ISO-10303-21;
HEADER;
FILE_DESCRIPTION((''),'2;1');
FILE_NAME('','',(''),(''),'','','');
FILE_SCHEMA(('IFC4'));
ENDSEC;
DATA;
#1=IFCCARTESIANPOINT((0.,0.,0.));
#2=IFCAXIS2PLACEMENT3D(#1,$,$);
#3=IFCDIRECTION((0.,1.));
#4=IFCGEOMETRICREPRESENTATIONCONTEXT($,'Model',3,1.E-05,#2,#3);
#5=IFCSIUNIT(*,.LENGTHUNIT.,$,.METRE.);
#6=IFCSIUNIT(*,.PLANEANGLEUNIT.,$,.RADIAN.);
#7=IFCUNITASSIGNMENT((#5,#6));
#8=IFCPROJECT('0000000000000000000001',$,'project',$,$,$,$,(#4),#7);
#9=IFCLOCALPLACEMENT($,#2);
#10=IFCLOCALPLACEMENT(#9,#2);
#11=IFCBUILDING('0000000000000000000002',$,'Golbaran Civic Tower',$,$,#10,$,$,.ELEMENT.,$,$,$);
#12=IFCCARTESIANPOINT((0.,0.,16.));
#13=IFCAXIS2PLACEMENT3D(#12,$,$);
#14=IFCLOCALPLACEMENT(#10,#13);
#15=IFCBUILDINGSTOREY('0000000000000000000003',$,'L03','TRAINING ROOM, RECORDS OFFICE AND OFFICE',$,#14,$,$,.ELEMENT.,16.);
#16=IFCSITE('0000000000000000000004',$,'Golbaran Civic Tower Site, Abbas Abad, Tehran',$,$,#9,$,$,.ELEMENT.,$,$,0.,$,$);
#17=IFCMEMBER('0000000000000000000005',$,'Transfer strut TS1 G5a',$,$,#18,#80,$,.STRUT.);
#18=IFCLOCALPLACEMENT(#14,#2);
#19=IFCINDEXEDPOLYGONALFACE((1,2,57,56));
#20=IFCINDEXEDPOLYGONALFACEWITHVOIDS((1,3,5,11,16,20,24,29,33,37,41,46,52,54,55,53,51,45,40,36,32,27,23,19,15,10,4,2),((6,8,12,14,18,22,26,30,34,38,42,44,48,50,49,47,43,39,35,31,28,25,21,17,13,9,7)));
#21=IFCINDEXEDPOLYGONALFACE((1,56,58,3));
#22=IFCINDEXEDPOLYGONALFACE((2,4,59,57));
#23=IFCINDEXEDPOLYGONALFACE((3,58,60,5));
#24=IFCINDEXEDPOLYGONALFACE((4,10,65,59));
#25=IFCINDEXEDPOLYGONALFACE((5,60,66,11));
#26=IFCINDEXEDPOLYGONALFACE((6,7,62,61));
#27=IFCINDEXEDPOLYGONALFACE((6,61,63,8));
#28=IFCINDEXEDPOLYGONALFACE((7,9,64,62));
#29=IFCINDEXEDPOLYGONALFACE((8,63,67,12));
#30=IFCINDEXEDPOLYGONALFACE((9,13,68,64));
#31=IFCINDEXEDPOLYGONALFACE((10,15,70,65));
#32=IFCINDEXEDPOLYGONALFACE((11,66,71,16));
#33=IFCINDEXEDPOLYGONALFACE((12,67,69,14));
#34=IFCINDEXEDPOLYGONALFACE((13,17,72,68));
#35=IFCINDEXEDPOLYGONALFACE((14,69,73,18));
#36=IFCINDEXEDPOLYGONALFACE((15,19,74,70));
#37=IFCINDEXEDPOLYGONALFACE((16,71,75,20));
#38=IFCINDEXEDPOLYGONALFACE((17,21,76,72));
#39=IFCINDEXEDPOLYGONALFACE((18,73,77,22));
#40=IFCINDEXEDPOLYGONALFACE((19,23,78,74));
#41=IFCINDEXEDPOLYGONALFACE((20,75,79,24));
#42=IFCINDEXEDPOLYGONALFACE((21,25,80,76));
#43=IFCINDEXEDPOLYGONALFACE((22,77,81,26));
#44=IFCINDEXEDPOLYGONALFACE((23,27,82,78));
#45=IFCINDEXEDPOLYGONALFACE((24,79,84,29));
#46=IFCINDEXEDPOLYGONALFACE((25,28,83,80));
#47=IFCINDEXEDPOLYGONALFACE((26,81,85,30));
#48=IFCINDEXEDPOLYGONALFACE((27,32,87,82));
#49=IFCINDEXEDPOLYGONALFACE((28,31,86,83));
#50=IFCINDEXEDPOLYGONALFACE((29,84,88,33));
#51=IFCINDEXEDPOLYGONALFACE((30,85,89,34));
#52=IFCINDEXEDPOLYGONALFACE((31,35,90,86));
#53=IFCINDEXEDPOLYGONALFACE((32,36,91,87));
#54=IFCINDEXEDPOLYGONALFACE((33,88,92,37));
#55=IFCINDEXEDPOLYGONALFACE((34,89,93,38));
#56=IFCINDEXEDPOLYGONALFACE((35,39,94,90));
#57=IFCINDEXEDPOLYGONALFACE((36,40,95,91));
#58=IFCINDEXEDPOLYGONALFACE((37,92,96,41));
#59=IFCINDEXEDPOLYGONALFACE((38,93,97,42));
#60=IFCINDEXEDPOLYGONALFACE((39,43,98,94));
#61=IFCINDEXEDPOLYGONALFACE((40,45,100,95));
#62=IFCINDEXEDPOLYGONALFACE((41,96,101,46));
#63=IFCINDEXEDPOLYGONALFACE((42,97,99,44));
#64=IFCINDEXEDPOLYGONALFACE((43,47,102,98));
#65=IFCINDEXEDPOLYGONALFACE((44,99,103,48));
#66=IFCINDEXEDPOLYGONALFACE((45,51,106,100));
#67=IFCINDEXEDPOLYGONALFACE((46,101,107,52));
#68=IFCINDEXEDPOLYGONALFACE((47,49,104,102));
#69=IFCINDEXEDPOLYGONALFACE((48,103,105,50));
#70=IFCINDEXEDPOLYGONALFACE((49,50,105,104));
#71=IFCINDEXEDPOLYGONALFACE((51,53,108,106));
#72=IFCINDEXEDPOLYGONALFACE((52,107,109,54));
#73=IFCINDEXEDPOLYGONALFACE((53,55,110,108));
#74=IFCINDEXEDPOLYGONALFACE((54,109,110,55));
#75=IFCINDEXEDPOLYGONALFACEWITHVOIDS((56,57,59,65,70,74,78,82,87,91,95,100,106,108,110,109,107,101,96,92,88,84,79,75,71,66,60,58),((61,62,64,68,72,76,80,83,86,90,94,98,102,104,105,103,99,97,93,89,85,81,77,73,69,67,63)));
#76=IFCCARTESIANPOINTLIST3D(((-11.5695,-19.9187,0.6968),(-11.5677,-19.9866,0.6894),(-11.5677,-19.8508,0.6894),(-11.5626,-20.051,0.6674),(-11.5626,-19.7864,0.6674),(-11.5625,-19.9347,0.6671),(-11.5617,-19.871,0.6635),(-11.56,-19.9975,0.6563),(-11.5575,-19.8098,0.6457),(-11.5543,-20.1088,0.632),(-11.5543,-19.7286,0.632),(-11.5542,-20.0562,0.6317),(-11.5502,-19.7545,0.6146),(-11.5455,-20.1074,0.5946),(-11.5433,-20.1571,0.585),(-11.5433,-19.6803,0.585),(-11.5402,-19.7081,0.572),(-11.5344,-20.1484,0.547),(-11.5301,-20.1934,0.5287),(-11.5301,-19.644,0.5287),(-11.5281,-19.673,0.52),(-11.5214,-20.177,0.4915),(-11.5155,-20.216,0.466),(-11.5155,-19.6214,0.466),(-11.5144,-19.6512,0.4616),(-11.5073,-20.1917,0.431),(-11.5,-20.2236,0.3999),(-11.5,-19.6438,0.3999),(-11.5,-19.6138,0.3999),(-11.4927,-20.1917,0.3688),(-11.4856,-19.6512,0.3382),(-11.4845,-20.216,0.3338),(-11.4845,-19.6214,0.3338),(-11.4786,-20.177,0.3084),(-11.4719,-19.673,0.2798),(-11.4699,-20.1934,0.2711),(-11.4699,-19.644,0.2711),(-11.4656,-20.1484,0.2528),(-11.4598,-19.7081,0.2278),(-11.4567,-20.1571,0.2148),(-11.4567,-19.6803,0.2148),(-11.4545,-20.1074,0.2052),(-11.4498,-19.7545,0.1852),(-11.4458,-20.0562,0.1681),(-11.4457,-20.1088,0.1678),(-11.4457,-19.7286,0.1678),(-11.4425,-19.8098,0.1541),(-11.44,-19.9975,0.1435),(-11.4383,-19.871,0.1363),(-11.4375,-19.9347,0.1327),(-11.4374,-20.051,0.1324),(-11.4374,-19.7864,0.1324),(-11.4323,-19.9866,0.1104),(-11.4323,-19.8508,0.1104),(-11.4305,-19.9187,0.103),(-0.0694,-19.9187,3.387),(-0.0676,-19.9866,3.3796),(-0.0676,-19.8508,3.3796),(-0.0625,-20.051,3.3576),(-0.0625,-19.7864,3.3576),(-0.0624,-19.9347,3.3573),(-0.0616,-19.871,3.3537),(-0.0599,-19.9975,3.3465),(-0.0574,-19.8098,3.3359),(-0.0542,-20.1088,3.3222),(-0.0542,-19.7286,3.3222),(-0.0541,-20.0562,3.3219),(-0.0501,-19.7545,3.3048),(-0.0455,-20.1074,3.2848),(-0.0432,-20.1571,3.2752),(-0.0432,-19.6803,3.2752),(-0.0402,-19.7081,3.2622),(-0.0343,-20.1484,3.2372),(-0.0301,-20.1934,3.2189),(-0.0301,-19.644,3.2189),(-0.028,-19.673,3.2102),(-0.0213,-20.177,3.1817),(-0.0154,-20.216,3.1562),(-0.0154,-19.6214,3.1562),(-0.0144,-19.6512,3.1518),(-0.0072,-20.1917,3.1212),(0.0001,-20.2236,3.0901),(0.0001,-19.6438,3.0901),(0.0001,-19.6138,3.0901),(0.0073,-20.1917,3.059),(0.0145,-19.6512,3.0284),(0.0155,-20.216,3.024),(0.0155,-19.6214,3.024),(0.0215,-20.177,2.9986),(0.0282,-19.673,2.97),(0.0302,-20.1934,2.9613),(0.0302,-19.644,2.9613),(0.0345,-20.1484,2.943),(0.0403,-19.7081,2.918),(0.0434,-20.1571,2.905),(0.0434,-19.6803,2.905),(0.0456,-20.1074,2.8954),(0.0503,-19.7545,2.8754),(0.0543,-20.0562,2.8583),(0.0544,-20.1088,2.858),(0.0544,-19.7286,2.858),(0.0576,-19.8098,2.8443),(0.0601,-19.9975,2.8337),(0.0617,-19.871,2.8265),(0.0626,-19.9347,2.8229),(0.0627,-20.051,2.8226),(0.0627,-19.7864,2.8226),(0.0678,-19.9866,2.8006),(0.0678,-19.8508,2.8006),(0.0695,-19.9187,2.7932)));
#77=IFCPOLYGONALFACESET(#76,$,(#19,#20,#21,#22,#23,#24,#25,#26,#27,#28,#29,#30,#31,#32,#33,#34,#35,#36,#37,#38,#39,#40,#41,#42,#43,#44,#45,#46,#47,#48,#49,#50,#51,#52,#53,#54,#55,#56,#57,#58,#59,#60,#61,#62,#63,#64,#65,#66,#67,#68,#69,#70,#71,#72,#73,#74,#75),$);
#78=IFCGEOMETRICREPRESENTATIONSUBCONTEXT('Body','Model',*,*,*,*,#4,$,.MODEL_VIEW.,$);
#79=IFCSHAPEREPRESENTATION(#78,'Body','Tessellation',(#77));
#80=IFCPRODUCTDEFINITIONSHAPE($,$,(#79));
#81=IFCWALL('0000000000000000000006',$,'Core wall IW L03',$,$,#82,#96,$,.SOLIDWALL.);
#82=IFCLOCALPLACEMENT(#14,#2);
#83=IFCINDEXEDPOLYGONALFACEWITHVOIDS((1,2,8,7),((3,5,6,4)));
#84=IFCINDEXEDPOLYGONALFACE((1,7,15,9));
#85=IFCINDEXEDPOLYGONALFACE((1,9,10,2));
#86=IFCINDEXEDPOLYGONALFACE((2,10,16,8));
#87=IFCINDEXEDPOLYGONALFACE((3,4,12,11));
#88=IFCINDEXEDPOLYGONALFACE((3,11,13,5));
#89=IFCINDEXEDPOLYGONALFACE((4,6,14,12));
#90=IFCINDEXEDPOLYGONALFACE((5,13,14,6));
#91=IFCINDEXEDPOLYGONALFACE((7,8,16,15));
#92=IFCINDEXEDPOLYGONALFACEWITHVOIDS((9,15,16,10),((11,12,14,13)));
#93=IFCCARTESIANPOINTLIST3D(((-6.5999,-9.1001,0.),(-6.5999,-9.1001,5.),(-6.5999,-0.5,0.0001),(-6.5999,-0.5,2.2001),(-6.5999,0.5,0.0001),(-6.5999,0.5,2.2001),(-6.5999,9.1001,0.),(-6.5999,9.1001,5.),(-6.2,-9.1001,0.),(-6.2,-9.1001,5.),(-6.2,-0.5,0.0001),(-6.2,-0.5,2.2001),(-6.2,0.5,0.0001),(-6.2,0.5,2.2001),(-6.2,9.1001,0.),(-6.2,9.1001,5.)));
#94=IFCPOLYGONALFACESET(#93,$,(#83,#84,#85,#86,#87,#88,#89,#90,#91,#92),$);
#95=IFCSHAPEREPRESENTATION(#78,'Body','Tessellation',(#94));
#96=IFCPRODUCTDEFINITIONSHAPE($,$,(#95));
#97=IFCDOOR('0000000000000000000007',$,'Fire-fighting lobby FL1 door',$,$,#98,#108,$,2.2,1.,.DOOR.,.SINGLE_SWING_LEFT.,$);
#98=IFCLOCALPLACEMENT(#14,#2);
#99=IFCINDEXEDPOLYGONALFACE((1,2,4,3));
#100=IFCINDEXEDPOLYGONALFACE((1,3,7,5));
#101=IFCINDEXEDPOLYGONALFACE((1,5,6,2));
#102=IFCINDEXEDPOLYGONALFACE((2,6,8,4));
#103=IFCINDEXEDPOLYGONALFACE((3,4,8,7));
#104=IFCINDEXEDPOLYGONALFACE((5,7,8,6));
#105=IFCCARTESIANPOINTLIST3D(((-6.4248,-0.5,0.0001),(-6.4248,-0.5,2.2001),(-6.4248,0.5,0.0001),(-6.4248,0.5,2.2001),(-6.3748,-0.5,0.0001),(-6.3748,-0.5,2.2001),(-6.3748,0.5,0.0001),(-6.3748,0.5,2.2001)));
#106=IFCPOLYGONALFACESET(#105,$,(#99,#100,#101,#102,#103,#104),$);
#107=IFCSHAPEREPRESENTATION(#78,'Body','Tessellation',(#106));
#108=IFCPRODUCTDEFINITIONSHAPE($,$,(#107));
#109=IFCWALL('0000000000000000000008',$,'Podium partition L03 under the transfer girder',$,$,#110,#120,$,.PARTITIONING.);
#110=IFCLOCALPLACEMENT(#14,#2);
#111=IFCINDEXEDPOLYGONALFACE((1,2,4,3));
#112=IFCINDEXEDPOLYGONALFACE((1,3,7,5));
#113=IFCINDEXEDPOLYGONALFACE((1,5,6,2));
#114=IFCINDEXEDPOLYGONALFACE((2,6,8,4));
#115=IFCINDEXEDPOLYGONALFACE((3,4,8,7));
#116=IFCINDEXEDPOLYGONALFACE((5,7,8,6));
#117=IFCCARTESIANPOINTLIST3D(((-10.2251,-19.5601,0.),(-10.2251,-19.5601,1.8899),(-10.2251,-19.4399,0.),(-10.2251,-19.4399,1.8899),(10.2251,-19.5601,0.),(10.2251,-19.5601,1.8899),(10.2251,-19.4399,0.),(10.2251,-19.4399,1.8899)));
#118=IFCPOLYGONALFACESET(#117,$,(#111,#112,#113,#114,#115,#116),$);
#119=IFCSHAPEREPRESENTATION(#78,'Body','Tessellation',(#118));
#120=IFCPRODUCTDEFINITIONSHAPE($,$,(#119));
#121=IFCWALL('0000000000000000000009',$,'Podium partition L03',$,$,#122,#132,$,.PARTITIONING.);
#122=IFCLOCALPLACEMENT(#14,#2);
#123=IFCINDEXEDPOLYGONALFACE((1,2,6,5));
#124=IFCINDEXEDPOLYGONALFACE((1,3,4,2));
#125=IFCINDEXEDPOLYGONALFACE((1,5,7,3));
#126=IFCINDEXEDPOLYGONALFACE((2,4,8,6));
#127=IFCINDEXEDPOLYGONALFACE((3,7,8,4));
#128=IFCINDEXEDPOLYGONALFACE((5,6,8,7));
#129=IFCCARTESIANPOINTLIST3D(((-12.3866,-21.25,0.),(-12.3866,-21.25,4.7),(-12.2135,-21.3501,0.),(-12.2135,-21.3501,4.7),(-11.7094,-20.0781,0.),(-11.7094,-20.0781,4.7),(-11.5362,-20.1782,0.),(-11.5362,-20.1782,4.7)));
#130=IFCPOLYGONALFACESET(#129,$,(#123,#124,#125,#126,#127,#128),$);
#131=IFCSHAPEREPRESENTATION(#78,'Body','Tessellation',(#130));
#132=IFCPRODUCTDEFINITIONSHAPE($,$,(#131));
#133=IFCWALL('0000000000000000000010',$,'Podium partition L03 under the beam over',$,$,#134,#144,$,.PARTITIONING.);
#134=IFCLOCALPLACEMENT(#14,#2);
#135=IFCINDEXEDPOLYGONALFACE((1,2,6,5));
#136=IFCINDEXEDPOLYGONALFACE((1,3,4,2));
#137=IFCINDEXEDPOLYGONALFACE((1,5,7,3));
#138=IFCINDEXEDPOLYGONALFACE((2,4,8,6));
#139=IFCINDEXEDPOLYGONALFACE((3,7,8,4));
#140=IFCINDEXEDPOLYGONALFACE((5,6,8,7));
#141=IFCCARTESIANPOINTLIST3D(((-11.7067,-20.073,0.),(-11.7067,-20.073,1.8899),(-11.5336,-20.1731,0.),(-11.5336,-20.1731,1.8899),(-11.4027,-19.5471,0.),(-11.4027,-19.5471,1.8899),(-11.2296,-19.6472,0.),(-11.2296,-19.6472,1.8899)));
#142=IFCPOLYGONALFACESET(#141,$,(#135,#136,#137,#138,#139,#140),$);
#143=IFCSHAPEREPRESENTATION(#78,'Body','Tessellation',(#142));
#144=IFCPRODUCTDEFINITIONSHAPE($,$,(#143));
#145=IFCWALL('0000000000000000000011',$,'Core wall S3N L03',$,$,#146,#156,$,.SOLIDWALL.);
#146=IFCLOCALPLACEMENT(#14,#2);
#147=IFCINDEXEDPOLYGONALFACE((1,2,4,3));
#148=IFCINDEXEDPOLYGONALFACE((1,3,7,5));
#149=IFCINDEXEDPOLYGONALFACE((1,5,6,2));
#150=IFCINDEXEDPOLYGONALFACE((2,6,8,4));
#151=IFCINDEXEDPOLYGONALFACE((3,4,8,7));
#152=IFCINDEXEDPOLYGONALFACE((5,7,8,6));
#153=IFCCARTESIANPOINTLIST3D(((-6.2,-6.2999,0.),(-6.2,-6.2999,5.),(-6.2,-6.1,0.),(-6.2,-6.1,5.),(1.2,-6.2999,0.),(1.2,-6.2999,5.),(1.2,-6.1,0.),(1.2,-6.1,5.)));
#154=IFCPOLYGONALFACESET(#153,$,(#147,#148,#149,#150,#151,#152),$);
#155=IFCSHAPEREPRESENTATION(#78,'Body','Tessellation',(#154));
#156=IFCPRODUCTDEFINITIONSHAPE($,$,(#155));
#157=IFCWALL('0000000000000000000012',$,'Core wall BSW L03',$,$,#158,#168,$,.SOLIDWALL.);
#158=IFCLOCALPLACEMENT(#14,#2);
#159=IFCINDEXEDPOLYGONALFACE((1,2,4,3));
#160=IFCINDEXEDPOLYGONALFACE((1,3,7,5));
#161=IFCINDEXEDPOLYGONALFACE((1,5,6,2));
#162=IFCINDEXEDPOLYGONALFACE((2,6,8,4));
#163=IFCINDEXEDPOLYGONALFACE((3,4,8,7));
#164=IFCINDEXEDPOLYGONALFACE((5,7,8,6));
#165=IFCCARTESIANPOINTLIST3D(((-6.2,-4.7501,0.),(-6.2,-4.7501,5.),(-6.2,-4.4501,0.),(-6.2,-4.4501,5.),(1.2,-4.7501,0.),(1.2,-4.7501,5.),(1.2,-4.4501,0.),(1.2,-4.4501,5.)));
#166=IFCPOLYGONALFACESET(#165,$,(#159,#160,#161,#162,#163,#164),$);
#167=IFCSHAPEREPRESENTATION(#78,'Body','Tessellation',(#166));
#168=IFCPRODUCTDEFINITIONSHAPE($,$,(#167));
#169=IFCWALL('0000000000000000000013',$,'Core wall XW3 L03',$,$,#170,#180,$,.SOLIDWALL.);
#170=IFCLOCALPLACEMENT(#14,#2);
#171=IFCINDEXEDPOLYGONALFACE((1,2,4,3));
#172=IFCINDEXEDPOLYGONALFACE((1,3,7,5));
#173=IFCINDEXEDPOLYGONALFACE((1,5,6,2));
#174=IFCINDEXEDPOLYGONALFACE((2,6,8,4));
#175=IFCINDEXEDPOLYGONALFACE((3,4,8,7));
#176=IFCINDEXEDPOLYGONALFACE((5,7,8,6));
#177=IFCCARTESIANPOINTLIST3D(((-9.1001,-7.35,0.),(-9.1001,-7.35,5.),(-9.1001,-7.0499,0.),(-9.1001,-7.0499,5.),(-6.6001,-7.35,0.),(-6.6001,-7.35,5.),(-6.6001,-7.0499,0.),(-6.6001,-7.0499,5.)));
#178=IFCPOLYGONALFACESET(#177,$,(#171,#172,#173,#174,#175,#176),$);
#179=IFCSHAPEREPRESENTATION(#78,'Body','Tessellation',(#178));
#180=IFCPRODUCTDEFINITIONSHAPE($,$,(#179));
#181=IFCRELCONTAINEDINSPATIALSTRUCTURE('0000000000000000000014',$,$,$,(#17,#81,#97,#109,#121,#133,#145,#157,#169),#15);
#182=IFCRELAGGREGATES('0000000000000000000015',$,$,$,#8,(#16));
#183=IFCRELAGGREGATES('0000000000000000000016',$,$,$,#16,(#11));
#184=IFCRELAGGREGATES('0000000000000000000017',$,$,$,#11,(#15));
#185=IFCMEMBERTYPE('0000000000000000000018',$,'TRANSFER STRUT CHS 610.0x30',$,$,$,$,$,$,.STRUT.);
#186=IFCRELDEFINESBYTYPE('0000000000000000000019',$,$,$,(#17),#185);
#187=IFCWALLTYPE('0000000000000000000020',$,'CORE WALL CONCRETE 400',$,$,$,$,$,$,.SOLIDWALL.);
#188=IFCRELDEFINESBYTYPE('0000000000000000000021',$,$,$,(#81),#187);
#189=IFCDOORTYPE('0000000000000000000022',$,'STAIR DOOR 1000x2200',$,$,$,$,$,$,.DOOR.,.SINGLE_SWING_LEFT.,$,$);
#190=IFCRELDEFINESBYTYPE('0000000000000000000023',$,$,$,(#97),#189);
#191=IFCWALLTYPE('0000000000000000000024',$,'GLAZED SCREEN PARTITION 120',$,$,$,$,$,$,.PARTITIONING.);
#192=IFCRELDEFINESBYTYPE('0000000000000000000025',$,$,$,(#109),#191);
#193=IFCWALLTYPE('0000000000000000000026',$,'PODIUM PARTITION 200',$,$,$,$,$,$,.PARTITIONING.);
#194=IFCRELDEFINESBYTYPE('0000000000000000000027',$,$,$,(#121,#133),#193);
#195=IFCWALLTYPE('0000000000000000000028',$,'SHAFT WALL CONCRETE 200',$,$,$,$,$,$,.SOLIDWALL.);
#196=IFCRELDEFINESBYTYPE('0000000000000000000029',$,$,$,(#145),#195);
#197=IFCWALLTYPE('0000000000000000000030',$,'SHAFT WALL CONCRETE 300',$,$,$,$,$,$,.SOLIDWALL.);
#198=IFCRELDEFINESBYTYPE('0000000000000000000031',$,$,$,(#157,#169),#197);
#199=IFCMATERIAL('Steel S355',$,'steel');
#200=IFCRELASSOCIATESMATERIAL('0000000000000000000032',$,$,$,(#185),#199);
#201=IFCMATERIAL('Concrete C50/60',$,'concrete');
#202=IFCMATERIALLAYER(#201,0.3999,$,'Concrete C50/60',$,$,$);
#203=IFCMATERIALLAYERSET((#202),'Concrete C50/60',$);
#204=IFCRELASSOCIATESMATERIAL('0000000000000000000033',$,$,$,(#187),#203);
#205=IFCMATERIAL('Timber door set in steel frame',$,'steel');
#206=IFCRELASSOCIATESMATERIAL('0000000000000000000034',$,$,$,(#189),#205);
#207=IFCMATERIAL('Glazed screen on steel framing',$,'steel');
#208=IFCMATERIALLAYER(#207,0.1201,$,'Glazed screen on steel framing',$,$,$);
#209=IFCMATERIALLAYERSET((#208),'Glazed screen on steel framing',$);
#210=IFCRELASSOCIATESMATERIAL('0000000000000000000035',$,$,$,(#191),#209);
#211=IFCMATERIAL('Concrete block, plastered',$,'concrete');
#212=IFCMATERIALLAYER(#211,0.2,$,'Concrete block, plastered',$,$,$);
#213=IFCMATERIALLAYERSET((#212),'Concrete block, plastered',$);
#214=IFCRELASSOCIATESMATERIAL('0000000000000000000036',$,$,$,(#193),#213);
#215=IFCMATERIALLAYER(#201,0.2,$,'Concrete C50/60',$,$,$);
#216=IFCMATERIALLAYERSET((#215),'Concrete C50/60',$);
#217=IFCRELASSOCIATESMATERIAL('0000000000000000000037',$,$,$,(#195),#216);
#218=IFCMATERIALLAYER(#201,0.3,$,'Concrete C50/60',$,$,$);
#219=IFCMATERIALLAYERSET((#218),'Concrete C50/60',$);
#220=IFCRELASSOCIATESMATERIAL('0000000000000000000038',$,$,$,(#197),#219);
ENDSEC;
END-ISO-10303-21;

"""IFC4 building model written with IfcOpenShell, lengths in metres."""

from ifc_helpers import new_model, si_unit, direction, frame, frame_2d, origin, origin_2d, place, context, subcontext, project, spatial, rectangle, hollow_circle, extrude, material, layer, layer_set, material_profile, profile_set, type_object, element, fill, save


model = new_model("IFC4")

# Units and contexts
model_context = context("Model", 3, precision=1e-05, world=origin(), true_north=direction((0.0, 1.0)))
body_context = subcontext(model_context, "Body", "Model", "MODEL_VIEW")
ifc_project = project(units=[si_unit("LENGTHUNIT", "METRE"), si_unit("PLANEANGLEUNIT", "RADIAN")], contexts=[model_context])

# Site, building, storey
site_placement = place(None, origin())
site = spatial("IfcSite", under=ifc_project, at=site_placement, Name="Golbaran Civic Tower Site, Abbas Abad, Tehran", CompositionType="ELEMENT", RefElevation=0.0)
building_placement = place(site_placement, origin())
building = spatial("IfcBuilding", under=site, at=building_placement, Name="Golbaran Civic Tower", CompositionType="ELEMENT")
storey_placement = place(building_placement, frame((0.0, 0.0, 16.0)))
storey = spatial("IfcBuildingStorey", under=building, at=storey_placement, Name="L03", Description="TRAINING ROOM, RECORDS OFFICE AND OFFICE", CompositionType="ELEMENT", Elevation=16.0)

# Shared definitions
ifc_material_1 = material(Name="Steel S355", Category="steel")
ifc_material_2 = material(Name="Concrete C50/60", Category="concrete")

# Member
ifc_material_profile_1 = material_profile(ifc_material_1, hollow_circle(Radius=0.3049, WallThickness=0.03, at=origin_2d()), Name="CHS 610.0x30")
ifc_profile_set_1 = profile_set([ifc_material_profile_1], Name="Steel S355")
member_type = type_object("IfcMemberType", Name="TRANSFER STRUT CHS 610.0x30", PredefinedType="STRUT", material=ifc_profile_set_1)
for number, where, z_axis, x_axis, name in (
    (1, (-11.5, -19.9187, 0.3999), (0.973713, 0.0, 0.22778), (0.0, 1.0, 0.0), "Transfer strut TS1 G5a"),
):
    element("IfcMember", number, at=place(storey_placement, frame(where, z_axis=z_axis, x_axis=x_axis)), inside=storey, type_object=member_type, Name=name, PredefinedType="STRUT", context=body_context, shape_type="SweptSolid", body=[
        extrude(hollow_circle(Radius=0.3049, WallThickness=0.03, at=origin_2d()), origin(), (0.0, 0.0, 1.0), 11.8105),
    ])

# Wall, opening, door
ifc_layer_1 = layer(ifc_material_2, 0.3999, Name="Concrete C50/60")
ifc_layer_set_1 = layer_set([ifc_layer_1], Name="Concrete C50/60")
wall_type_1 = type_object("IfcWallType", Name="CORE WALL CONCRETE 400", PredefinedType="SOLIDWALL", material=ifc_layer_set_1)
wall_1_placement = place(storey_placement, frame((-6.3999, -9.1001, 0.0), z_axis=(0.0, 0.0, 1.0), x_axis=(0.0, 1.0, 0.0)))
wall_1 = element("IfcWall", 2, at=wall_1_placement, inside=storey, type_object=wall_type_1, Name="Core wall IW L03", PredefinedType="SOLIDWALL", context=body_context, shape_type="SweptSolid", body=[
    extrude(rectangle(XDim=18.2002, YDim=0.3999, at=frame_2d((9.1001, 0.0))), origin(), (0.0, 0.0, 1.0), 5.0),
])
opening_1_placement = place(wall_1_placement, frame((8.6001, 0.0, 0.0)))
opening_1 = element("IfcOpeningElement", 3, at=opening_1_placement, cuts=wall_1, PredefinedType="OPENING", context=body_context, shape_type="SweptSolid", body=[
    extrude(rectangle(XDim=1.0, YDim=2.2, at=frame_2d((0.5, 1.1001))), frame((0.0, 0.21, 0.0), z_axis=(0.0, -1.0, 0.0), x_axis=(1.0, 0.0, 0.0)), (0.0, 0.0, 1.0), 0.4199),
])
ifc_material_3 = material(Name="Timber door set in steel frame", Category="steel")
door_type_1 = type_object("IfcDoorType", Name="STAIR DOOR 1000x2200", OperationType="SINGLE_SWING_LEFT", PredefinedType="DOOR", material=ifc_material_3)
door_1_placement = place(opening_1_placement, origin())
door_1 = element("IfcDoor", 4, at=door_1_placement, inside=storey, type_object=door_type_1, Name="Fire-fighting lobby FL1 door", OperationType="SINGLE_SWING_LEFT", OverallHeight=2.2, OverallWidth=1.0, PredefinedType="DOOR", context=body_context, shape_type="SweptSolid", body=[
    extrude(rectangle(XDim=1.0, YDim=2.2, at=frame_2d((0.5, 1.1001))), frame((0.0, 0.0249, 0.0), z_axis=(0.0, -1.0, 0.0), x_axis=(1.0, 0.0, 0.0)), (0.0, 0.0, 1.0), 0.05),
])
fill(opening_1, door_1)
ifc_material_4 = material(Name="Glazed screen on steel framing", Category="steel")
ifc_layer_2 = layer(ifc_material_4, 0.1201, Name="Glazed screen on steel framing")
ifc_layer_set_2 = layer_set([ifc_layer_2], Name="Glazed screen on steel framing")
wall_type_2 = type_object("IfcWallType", Name="GLAZED SCREEN PARTITION 120", PredefinedType="PARTITIONING", material=ifc_layer_set_2)

# Walls
wall_2_placement = place(storey_placement, frame((-10.2251, -19.5, 0.0), z_axis=(0.0, 0.0, 1.0), x_axis=(1.0, 0.0, 0.0)))
element("IfcWall", 5, at=wall_2_placement, inside=storey, type_object=wall_type_2, Name="Podium partition L03 under the transfer girder", PredefinedType="PARTITIONING", context=body_context, shape_type="SweptSolid", body=[
    extrude(rectangle(XDim=20.4502, YDim=0.1201, at=frame_2d((10.2251, 0.0))), origin(), (0.0, 0.0, 1.0), 1.8899),
])
ifc_material_5 = material(Name="Concrete block, plastered", Category="concrete")
ifc_layer_3 = layer(ifc_material_5, 0.2, Name="Concrete block, plastered")
ifc_layer_set_3 = layer_set([ifc_layer_3], Name="Concrete block, plastered")
wall_type_3 = type_object("IfcWallType", Name="PODIUM PARTITION 200", PredefinedType="PARTITIONING", material=ifc_layer_set_3)
wall_3_placement = place(storey_placement, frame((-12.3, -21.3, 0.0), z_axis=(0.0, 0.0, 1.0), x_axis=(0.500368, 0.865813, 0.0)))
element("IfcWall", 6, at=wall_3_placement, inside=storey, type_object=wall_type_3, Name="Podium partition L03", PredefinedType="PARTITIONING", context=body_context, shape_type="SweptSolid", body=[
    extrude(rectangle(XDim=1.3535, YDim=0.2, at=frame_2d((0.6768, 0.0))), origin(), (0.0, 0.0, 1.0), 4.7),
])
wall_4_placement = place(storey_placement, frame((-11.6201, -20.123, 0.0), z_axis=(0.0, 0.0, 1.0), x_axis=(0.500418, 0.865784, 0.0)))
element("IfcWall", 7, at=wall_4_placement, inside=storey, type_object=wall_type_3, Name="Podium partition L03 under the beam over", PredefinedType="PARTITIONING", context=body_context, shape_type="SweptSolid", body=[
    extrude(rectangle(XDim=0.6074, YDim=0.2, at=frame_2d((0.3037, 0.0))), origin(), (0.0, 0.0, 1.0), 1.8899),
])
ifc_layer_4 = layer(ifc_material_2, 0.2, Name="Concrete C50/60")
ifc_layer_set_4 = layer_set([ifc_layer_4], Name="Concrete C50/60")
wall_type_4 = type_object("IfcWallType", Name="SHAFT WALL CONCRETE 200", PredefinedType="SOLIDWALL", material=ifc_layer_set_4)
wall_5_placement = place(storey_placement, frame((-6.2, -6.2, 0.0), z_axis=(0.0, 0.0, 1.0), x_axis=(1.0, 0.0, 0.0)))
element("IfcWall", 8, at=wall_5_placement, inside=storey, type_object=wall_type_4, Name="Core wall S3N L03", PredefinedType="SOLIDWALL", context=body_context, shape_type="SweptSolid", body=[
    extrude(rectangle(XDim=7.3999, YDim=0.2, at=frame_2d((3.7, 0.0))), origin(), (0.0, 0.0, 1.0), 5.0),
])
ifc_layer_5 = layer(ifc_material_2, 0.3, Name="Concrete C50/60")
ifc_layer_set_5 = layer_set([ifc_layer_5], Name="Concrete C50/60")
wall_type_5 = type_object("IfcWallType", Name="SHAFT WALL CONCRETE 300", PredefinedType="SOLIDWALL", material=ifc_layer_set_5)
wall_6_placement = place(storey_placement, frame((-6.2, -4.6001, 0.0), z_axis=(0.0, 0.0, 1.0), x_axis=(1.0, 0.0, 0.0)))
element("IfcWall", 9, at=wall_6_placement, inside=storey, type_object=wall_type_5, Name="Core wall BSW L03", PredefinedType="SOLIDWALL", context=body_context, shape_type="SweptSolid", body=[
    extrude(rectangle(XDim=7.3999, YDim=0.3, at=frame_2d((3.7, 0.0))), origin(), (0.0, 0.0, 1.0), 5.0),
])
wall_7_placement = place(storey_placement, frame((-9.1001, -7.2, 0.0), z_axis=(0.0, 0.0, 1.0), x_axis=(1.0, 0.0, 0.0)))
element("IfcWall", 10, at=wall_7_placement, inside=storey, type_object=wall_type_5, Name="Core wall XW3 L03", PredefinedType="SOLIDWALL", context=body_context, shape_type="SweptSolid", body=[
    extrude(rectangle(XDim=2.5, YDim=0.3, at=frame_2d((1.25, 0.0))), origin(), (0.0, 0.0, 1.0), 5.0),
])

save(model, "model.ifc")
